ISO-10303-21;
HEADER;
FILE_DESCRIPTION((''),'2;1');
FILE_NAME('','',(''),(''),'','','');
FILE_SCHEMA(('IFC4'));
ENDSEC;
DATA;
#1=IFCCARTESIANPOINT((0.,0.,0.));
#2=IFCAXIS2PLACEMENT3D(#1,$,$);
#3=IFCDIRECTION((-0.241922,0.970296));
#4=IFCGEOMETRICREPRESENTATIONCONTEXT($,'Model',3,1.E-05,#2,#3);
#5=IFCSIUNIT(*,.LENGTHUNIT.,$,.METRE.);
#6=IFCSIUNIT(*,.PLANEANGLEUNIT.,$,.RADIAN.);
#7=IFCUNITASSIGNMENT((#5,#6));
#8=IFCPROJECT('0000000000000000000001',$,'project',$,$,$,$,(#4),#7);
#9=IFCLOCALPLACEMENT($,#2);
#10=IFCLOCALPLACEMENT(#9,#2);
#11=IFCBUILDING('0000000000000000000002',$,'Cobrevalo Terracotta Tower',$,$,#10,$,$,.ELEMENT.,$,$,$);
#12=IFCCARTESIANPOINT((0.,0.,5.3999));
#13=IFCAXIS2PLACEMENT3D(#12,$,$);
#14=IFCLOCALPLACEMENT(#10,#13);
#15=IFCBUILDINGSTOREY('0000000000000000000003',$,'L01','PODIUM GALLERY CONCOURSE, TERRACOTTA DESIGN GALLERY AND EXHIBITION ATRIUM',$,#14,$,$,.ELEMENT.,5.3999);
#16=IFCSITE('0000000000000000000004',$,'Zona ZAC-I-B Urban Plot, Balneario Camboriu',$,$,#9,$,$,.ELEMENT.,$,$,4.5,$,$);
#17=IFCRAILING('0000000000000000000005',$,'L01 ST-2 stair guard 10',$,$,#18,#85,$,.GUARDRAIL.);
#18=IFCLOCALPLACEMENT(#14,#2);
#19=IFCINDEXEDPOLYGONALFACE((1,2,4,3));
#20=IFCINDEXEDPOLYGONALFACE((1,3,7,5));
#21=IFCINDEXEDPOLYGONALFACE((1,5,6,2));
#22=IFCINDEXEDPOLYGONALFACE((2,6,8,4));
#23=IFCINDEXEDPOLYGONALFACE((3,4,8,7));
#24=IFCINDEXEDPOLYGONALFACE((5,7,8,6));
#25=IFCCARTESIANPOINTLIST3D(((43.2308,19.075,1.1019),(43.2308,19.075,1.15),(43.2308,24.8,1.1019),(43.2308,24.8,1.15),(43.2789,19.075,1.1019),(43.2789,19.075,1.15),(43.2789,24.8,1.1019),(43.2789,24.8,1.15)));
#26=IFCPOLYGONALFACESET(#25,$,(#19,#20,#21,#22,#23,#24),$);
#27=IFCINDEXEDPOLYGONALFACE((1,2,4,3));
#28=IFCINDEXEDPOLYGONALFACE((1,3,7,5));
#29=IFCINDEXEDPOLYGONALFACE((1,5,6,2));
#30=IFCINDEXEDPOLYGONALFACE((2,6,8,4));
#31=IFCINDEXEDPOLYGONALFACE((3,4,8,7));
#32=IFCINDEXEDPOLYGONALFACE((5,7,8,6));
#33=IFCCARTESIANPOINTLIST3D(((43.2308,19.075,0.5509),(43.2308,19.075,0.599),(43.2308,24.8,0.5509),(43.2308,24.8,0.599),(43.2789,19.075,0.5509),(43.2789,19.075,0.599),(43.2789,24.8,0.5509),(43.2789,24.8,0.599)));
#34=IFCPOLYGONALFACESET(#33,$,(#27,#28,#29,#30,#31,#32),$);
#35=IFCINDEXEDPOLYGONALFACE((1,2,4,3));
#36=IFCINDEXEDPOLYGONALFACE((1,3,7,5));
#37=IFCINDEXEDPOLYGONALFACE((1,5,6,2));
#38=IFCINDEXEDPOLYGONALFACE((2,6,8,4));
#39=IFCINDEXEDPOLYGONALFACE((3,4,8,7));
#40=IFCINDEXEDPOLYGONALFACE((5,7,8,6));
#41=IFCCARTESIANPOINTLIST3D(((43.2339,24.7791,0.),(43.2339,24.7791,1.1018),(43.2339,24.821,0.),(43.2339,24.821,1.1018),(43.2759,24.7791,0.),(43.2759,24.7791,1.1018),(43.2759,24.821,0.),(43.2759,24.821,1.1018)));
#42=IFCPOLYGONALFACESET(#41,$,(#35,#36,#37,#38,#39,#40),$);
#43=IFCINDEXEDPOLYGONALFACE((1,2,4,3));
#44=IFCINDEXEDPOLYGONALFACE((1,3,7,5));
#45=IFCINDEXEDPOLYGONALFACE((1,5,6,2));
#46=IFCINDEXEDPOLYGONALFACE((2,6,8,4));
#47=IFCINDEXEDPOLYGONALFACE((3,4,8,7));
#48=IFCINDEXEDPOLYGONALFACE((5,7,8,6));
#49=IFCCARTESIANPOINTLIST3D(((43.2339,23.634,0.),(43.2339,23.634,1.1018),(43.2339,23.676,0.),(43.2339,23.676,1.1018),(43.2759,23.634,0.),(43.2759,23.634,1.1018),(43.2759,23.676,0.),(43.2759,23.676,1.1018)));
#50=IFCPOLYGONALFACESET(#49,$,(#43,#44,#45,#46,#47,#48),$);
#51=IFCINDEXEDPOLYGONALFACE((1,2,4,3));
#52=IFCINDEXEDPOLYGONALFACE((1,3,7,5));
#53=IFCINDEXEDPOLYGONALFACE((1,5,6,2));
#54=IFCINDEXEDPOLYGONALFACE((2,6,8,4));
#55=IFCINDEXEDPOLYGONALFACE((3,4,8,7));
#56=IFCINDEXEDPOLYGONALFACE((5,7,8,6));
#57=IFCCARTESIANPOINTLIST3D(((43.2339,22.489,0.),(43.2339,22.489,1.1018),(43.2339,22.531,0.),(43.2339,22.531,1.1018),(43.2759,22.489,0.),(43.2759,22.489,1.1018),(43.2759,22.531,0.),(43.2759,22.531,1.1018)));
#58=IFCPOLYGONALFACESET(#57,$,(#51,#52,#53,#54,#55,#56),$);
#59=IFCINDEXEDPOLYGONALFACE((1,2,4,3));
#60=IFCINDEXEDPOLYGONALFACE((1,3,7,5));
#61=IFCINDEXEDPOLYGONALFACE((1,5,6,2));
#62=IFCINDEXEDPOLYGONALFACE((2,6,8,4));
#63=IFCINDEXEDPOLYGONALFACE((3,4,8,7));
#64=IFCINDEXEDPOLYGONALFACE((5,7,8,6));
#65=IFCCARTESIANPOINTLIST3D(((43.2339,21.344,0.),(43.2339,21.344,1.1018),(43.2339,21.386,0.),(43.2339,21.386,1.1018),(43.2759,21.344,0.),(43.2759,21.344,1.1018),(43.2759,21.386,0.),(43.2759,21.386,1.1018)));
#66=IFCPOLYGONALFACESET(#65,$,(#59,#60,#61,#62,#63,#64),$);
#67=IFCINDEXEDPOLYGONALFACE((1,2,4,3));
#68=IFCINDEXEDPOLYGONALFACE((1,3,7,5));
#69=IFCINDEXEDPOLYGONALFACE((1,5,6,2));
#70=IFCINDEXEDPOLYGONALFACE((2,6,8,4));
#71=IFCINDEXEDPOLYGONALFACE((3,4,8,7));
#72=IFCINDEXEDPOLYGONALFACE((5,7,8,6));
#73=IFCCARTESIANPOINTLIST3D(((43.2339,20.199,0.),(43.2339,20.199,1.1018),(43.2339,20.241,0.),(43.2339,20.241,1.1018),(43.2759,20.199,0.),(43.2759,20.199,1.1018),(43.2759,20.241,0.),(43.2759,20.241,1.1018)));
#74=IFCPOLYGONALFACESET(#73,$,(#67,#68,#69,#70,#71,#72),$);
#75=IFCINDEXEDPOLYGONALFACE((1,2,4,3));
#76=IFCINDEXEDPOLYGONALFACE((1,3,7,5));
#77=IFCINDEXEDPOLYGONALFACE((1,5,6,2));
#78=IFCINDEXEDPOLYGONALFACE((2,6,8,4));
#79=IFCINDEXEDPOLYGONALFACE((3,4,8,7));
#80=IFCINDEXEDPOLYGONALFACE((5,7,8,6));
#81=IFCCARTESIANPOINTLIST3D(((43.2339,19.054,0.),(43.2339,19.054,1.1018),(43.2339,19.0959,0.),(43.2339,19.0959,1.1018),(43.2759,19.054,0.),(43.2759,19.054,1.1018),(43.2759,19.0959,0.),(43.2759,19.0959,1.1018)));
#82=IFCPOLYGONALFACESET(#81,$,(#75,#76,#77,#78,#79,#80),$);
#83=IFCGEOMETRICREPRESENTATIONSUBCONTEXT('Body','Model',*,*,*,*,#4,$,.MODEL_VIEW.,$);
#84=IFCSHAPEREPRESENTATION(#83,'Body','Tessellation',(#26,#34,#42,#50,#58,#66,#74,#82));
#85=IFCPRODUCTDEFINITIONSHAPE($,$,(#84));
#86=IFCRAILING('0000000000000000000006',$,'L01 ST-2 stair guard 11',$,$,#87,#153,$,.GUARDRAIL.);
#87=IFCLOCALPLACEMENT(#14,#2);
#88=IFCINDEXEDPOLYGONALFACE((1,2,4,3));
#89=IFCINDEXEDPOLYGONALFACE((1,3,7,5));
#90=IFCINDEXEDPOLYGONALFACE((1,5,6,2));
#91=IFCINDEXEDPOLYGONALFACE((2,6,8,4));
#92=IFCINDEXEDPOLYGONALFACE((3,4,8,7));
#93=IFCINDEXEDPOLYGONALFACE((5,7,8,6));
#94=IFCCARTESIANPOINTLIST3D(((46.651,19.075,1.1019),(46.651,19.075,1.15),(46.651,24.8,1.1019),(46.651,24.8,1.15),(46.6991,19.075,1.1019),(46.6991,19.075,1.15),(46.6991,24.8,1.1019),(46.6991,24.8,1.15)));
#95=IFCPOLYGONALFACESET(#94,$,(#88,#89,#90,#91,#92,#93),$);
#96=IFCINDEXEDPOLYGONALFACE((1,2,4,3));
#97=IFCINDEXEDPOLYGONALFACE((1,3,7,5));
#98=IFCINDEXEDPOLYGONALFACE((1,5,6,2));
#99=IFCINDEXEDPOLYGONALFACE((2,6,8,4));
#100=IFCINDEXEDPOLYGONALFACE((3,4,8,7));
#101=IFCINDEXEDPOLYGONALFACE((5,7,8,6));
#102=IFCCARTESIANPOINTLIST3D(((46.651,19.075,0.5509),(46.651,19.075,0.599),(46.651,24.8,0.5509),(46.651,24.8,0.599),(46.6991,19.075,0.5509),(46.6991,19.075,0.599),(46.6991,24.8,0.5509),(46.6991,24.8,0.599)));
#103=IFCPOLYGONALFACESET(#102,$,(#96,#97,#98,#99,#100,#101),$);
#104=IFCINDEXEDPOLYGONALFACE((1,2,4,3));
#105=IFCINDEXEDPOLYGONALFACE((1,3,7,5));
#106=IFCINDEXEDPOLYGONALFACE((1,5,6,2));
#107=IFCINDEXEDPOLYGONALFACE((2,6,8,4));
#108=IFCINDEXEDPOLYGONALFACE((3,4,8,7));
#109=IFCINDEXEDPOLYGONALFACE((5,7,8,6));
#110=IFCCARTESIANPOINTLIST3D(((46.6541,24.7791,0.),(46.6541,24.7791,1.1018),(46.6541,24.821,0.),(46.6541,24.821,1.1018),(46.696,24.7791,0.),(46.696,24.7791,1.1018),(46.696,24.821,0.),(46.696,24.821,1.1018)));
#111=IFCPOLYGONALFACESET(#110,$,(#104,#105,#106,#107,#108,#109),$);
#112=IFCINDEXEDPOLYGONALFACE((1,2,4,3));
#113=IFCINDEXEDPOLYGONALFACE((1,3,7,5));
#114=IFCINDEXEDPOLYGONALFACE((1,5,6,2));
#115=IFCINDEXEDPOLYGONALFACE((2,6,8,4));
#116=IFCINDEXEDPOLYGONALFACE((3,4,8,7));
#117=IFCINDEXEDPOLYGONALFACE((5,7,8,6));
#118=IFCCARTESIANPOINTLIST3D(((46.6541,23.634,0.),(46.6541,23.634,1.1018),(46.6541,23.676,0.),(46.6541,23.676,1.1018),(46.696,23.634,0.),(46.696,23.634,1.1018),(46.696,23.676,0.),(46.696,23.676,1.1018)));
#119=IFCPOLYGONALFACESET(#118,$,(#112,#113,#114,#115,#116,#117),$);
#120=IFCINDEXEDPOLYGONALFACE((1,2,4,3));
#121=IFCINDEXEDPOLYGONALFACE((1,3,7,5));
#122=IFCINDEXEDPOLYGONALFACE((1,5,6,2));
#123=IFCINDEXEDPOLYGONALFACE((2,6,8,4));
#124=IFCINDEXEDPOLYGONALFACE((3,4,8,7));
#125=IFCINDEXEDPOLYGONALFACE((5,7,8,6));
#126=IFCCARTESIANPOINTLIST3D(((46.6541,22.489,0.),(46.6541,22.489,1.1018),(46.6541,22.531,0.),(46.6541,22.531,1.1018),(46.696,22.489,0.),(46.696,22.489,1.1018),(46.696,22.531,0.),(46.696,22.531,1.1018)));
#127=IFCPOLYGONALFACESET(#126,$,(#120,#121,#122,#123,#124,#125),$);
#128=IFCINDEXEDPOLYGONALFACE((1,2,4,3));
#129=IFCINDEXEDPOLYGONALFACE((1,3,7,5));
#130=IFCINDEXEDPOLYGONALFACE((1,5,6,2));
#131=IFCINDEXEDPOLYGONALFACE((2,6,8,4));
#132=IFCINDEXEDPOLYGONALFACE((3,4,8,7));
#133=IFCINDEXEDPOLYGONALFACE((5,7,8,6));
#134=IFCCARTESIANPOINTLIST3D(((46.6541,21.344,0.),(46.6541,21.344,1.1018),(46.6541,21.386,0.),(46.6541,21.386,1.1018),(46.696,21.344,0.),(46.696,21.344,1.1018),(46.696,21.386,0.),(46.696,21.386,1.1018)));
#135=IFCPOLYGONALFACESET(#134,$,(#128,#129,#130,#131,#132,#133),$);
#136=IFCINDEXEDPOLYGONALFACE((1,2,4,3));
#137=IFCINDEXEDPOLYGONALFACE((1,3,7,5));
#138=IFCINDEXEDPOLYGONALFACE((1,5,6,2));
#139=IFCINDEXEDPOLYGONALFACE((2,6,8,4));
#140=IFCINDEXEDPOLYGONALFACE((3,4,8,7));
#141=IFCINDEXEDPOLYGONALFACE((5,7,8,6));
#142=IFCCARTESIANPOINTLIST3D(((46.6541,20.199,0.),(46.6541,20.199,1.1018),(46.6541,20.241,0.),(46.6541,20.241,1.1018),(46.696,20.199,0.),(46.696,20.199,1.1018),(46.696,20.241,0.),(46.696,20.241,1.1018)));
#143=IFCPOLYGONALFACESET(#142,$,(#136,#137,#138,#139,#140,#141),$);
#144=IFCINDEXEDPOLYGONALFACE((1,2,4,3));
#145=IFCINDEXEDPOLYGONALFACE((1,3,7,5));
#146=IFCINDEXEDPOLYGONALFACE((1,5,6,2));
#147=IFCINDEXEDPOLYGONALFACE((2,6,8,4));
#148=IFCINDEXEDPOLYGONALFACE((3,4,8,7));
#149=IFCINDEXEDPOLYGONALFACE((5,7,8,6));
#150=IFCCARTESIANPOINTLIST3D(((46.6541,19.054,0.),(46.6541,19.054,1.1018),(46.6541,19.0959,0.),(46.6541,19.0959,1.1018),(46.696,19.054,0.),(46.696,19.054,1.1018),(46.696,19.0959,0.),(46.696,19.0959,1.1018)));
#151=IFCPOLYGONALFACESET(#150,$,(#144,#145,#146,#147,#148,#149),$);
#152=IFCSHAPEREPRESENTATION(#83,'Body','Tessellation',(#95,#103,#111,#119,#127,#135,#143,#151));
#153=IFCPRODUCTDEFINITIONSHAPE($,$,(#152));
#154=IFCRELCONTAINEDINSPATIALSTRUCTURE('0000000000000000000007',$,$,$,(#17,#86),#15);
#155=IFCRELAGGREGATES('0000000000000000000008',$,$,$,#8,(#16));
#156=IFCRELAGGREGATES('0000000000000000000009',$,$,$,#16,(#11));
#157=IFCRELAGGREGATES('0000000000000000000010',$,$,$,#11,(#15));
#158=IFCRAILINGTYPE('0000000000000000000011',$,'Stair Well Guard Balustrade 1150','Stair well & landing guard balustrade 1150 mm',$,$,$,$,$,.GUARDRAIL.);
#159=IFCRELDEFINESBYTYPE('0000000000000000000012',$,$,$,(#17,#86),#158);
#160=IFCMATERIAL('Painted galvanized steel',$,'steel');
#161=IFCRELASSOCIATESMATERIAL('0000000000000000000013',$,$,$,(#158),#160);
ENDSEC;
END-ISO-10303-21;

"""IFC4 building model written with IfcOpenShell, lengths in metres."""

from ifc_helpers import new_model, si_unit, direction, frame, origin, origin_2d, place, context, subcontext, project, spatial, rectangle, extrude, material, type_object, element, save


model = new_model("IFC4")

# Units and contexts
model_context = context("Model", 3, precision=1e-05, world=origin(), true_north=direction((-0.241922, 0.970296)))
body_context = subcontext(model_context, "Body", "Model", "MODEL_VIEW")
ifc_project = project(units=[si_unit("LENGTHUNIT", "METRE"), si_unit("PLANEANGLEUNIT", "RADIAN")], contexts=[model_context])

# Site, building, storey
site_placement = place(None, origin())
site = spatial("IfcSite", under=ifc_project, at=site_placement, Name="Zona ZAC-I-B Urban Plot, Balneario Camboriu", CompositionType="ELEMENT", RefElevation=4.5)
building_placement = place(site_placement, origin())
building = spatial("IfcBuilding", under=site, at=building_placement, Name="Cobrevalo Terracotta Tower", CompositionType="ELEMENT")
storey_placement = place(building_placement, frame((0.0, 0.0, 5.3999)))
storey = spatial("IfcBuildingStorey", under=building, at=storey_placement, Name="L01", Description="PODIUM GALLERY CONCOURSE, TERRACOTTA DESIGN GALLERY AND EXHIBITION ATRIUM", CompositionType="ELEMENT", Elevation=5.3999)

# Railings
ifc_material_1 = material(Name="Painted galvanized steel", Category="steel")
railing_type_1 = type_object("IfcRailingType", Name="Stair Well Guard Balustrade 1150", Description="Stair well & landing guard balustrade 1150 mm", PredefinedType="GUARDRAIL", material=ifc_material_1)
for number, where, name in (
    (1, (43.2549, 24.8, 0.0), "L01 ST-2 stair guard 10"),
    (2, (46.675, 24.8, 0.0), "L01 ST-2 stair guard 11"),
):
    element("IfcRailing", number, at=place(storey_placement, frame(where)), inside=storey, type_object=railing_type_1, Name=name, PredefinedType="GUARDRAIL", context=body_context, shape_type="SweptSolid", body=[
        extrude(rectangle(XDim=0.0481, YDim=0.0481, at=origin_2d()), frame((0.0, 0.0, 1.126), z_axis=(0.0, -1.0, 0.0), x_axis=(1.0, 0.0, 0.0)), (0.0, 0.0, 1.0), 5.7251),
        extrude(rectangle(XDim=0.0481, YDim=0.0481, at=origin_2d()), frame((0.0, 0.0, 0.575), z_axis=(0.0, -1.0, 0.0), x_axis=(1.0, 0.0, 0.0)), (0.0, 0.0, 1.0), 5.7251),
        extrude(rectangle(XDim=0.042, YDim=0.042, at=origin_2d()), origin(), (0.0, 0.0, 1.0), 1.1018),
        extrude(rectangle(XDim=0.042, YDim=0.042, at=origin_2d()), frame((0.0, -1.145, 0.0)), (0.0, 0.0, 1.0), 1.1018),
        extrude(rectangle(XDim=0.042, YDim=0.042, at=origin_2d()), frame((0.0, -2.29, 0.0)), (0.0, 0.0, 1.0), 1.1018),
        extrude(rectangle(XDim=0.042, YDim=0.042, at=origin_2d()), frame((0.0, -3.4351, 0.0)), (0.0, 0.0, 1.0), 1.1018),
        extrude(rectangle(XDim=0.042, YDim=0.042, at=origin_2d()), frame((0.0, -4.5801, 0.0)), (0.0, 0.0, 1.0), 1.1018),
        extrude(rectangle(XDim=0.042, YDim=0.042, at=origin_2d()), frame((0.0, -5.7251, 0.0)), (0.0, 0.0, 1.0), 1.1018),
    ])

save(model, "model.ifc")
